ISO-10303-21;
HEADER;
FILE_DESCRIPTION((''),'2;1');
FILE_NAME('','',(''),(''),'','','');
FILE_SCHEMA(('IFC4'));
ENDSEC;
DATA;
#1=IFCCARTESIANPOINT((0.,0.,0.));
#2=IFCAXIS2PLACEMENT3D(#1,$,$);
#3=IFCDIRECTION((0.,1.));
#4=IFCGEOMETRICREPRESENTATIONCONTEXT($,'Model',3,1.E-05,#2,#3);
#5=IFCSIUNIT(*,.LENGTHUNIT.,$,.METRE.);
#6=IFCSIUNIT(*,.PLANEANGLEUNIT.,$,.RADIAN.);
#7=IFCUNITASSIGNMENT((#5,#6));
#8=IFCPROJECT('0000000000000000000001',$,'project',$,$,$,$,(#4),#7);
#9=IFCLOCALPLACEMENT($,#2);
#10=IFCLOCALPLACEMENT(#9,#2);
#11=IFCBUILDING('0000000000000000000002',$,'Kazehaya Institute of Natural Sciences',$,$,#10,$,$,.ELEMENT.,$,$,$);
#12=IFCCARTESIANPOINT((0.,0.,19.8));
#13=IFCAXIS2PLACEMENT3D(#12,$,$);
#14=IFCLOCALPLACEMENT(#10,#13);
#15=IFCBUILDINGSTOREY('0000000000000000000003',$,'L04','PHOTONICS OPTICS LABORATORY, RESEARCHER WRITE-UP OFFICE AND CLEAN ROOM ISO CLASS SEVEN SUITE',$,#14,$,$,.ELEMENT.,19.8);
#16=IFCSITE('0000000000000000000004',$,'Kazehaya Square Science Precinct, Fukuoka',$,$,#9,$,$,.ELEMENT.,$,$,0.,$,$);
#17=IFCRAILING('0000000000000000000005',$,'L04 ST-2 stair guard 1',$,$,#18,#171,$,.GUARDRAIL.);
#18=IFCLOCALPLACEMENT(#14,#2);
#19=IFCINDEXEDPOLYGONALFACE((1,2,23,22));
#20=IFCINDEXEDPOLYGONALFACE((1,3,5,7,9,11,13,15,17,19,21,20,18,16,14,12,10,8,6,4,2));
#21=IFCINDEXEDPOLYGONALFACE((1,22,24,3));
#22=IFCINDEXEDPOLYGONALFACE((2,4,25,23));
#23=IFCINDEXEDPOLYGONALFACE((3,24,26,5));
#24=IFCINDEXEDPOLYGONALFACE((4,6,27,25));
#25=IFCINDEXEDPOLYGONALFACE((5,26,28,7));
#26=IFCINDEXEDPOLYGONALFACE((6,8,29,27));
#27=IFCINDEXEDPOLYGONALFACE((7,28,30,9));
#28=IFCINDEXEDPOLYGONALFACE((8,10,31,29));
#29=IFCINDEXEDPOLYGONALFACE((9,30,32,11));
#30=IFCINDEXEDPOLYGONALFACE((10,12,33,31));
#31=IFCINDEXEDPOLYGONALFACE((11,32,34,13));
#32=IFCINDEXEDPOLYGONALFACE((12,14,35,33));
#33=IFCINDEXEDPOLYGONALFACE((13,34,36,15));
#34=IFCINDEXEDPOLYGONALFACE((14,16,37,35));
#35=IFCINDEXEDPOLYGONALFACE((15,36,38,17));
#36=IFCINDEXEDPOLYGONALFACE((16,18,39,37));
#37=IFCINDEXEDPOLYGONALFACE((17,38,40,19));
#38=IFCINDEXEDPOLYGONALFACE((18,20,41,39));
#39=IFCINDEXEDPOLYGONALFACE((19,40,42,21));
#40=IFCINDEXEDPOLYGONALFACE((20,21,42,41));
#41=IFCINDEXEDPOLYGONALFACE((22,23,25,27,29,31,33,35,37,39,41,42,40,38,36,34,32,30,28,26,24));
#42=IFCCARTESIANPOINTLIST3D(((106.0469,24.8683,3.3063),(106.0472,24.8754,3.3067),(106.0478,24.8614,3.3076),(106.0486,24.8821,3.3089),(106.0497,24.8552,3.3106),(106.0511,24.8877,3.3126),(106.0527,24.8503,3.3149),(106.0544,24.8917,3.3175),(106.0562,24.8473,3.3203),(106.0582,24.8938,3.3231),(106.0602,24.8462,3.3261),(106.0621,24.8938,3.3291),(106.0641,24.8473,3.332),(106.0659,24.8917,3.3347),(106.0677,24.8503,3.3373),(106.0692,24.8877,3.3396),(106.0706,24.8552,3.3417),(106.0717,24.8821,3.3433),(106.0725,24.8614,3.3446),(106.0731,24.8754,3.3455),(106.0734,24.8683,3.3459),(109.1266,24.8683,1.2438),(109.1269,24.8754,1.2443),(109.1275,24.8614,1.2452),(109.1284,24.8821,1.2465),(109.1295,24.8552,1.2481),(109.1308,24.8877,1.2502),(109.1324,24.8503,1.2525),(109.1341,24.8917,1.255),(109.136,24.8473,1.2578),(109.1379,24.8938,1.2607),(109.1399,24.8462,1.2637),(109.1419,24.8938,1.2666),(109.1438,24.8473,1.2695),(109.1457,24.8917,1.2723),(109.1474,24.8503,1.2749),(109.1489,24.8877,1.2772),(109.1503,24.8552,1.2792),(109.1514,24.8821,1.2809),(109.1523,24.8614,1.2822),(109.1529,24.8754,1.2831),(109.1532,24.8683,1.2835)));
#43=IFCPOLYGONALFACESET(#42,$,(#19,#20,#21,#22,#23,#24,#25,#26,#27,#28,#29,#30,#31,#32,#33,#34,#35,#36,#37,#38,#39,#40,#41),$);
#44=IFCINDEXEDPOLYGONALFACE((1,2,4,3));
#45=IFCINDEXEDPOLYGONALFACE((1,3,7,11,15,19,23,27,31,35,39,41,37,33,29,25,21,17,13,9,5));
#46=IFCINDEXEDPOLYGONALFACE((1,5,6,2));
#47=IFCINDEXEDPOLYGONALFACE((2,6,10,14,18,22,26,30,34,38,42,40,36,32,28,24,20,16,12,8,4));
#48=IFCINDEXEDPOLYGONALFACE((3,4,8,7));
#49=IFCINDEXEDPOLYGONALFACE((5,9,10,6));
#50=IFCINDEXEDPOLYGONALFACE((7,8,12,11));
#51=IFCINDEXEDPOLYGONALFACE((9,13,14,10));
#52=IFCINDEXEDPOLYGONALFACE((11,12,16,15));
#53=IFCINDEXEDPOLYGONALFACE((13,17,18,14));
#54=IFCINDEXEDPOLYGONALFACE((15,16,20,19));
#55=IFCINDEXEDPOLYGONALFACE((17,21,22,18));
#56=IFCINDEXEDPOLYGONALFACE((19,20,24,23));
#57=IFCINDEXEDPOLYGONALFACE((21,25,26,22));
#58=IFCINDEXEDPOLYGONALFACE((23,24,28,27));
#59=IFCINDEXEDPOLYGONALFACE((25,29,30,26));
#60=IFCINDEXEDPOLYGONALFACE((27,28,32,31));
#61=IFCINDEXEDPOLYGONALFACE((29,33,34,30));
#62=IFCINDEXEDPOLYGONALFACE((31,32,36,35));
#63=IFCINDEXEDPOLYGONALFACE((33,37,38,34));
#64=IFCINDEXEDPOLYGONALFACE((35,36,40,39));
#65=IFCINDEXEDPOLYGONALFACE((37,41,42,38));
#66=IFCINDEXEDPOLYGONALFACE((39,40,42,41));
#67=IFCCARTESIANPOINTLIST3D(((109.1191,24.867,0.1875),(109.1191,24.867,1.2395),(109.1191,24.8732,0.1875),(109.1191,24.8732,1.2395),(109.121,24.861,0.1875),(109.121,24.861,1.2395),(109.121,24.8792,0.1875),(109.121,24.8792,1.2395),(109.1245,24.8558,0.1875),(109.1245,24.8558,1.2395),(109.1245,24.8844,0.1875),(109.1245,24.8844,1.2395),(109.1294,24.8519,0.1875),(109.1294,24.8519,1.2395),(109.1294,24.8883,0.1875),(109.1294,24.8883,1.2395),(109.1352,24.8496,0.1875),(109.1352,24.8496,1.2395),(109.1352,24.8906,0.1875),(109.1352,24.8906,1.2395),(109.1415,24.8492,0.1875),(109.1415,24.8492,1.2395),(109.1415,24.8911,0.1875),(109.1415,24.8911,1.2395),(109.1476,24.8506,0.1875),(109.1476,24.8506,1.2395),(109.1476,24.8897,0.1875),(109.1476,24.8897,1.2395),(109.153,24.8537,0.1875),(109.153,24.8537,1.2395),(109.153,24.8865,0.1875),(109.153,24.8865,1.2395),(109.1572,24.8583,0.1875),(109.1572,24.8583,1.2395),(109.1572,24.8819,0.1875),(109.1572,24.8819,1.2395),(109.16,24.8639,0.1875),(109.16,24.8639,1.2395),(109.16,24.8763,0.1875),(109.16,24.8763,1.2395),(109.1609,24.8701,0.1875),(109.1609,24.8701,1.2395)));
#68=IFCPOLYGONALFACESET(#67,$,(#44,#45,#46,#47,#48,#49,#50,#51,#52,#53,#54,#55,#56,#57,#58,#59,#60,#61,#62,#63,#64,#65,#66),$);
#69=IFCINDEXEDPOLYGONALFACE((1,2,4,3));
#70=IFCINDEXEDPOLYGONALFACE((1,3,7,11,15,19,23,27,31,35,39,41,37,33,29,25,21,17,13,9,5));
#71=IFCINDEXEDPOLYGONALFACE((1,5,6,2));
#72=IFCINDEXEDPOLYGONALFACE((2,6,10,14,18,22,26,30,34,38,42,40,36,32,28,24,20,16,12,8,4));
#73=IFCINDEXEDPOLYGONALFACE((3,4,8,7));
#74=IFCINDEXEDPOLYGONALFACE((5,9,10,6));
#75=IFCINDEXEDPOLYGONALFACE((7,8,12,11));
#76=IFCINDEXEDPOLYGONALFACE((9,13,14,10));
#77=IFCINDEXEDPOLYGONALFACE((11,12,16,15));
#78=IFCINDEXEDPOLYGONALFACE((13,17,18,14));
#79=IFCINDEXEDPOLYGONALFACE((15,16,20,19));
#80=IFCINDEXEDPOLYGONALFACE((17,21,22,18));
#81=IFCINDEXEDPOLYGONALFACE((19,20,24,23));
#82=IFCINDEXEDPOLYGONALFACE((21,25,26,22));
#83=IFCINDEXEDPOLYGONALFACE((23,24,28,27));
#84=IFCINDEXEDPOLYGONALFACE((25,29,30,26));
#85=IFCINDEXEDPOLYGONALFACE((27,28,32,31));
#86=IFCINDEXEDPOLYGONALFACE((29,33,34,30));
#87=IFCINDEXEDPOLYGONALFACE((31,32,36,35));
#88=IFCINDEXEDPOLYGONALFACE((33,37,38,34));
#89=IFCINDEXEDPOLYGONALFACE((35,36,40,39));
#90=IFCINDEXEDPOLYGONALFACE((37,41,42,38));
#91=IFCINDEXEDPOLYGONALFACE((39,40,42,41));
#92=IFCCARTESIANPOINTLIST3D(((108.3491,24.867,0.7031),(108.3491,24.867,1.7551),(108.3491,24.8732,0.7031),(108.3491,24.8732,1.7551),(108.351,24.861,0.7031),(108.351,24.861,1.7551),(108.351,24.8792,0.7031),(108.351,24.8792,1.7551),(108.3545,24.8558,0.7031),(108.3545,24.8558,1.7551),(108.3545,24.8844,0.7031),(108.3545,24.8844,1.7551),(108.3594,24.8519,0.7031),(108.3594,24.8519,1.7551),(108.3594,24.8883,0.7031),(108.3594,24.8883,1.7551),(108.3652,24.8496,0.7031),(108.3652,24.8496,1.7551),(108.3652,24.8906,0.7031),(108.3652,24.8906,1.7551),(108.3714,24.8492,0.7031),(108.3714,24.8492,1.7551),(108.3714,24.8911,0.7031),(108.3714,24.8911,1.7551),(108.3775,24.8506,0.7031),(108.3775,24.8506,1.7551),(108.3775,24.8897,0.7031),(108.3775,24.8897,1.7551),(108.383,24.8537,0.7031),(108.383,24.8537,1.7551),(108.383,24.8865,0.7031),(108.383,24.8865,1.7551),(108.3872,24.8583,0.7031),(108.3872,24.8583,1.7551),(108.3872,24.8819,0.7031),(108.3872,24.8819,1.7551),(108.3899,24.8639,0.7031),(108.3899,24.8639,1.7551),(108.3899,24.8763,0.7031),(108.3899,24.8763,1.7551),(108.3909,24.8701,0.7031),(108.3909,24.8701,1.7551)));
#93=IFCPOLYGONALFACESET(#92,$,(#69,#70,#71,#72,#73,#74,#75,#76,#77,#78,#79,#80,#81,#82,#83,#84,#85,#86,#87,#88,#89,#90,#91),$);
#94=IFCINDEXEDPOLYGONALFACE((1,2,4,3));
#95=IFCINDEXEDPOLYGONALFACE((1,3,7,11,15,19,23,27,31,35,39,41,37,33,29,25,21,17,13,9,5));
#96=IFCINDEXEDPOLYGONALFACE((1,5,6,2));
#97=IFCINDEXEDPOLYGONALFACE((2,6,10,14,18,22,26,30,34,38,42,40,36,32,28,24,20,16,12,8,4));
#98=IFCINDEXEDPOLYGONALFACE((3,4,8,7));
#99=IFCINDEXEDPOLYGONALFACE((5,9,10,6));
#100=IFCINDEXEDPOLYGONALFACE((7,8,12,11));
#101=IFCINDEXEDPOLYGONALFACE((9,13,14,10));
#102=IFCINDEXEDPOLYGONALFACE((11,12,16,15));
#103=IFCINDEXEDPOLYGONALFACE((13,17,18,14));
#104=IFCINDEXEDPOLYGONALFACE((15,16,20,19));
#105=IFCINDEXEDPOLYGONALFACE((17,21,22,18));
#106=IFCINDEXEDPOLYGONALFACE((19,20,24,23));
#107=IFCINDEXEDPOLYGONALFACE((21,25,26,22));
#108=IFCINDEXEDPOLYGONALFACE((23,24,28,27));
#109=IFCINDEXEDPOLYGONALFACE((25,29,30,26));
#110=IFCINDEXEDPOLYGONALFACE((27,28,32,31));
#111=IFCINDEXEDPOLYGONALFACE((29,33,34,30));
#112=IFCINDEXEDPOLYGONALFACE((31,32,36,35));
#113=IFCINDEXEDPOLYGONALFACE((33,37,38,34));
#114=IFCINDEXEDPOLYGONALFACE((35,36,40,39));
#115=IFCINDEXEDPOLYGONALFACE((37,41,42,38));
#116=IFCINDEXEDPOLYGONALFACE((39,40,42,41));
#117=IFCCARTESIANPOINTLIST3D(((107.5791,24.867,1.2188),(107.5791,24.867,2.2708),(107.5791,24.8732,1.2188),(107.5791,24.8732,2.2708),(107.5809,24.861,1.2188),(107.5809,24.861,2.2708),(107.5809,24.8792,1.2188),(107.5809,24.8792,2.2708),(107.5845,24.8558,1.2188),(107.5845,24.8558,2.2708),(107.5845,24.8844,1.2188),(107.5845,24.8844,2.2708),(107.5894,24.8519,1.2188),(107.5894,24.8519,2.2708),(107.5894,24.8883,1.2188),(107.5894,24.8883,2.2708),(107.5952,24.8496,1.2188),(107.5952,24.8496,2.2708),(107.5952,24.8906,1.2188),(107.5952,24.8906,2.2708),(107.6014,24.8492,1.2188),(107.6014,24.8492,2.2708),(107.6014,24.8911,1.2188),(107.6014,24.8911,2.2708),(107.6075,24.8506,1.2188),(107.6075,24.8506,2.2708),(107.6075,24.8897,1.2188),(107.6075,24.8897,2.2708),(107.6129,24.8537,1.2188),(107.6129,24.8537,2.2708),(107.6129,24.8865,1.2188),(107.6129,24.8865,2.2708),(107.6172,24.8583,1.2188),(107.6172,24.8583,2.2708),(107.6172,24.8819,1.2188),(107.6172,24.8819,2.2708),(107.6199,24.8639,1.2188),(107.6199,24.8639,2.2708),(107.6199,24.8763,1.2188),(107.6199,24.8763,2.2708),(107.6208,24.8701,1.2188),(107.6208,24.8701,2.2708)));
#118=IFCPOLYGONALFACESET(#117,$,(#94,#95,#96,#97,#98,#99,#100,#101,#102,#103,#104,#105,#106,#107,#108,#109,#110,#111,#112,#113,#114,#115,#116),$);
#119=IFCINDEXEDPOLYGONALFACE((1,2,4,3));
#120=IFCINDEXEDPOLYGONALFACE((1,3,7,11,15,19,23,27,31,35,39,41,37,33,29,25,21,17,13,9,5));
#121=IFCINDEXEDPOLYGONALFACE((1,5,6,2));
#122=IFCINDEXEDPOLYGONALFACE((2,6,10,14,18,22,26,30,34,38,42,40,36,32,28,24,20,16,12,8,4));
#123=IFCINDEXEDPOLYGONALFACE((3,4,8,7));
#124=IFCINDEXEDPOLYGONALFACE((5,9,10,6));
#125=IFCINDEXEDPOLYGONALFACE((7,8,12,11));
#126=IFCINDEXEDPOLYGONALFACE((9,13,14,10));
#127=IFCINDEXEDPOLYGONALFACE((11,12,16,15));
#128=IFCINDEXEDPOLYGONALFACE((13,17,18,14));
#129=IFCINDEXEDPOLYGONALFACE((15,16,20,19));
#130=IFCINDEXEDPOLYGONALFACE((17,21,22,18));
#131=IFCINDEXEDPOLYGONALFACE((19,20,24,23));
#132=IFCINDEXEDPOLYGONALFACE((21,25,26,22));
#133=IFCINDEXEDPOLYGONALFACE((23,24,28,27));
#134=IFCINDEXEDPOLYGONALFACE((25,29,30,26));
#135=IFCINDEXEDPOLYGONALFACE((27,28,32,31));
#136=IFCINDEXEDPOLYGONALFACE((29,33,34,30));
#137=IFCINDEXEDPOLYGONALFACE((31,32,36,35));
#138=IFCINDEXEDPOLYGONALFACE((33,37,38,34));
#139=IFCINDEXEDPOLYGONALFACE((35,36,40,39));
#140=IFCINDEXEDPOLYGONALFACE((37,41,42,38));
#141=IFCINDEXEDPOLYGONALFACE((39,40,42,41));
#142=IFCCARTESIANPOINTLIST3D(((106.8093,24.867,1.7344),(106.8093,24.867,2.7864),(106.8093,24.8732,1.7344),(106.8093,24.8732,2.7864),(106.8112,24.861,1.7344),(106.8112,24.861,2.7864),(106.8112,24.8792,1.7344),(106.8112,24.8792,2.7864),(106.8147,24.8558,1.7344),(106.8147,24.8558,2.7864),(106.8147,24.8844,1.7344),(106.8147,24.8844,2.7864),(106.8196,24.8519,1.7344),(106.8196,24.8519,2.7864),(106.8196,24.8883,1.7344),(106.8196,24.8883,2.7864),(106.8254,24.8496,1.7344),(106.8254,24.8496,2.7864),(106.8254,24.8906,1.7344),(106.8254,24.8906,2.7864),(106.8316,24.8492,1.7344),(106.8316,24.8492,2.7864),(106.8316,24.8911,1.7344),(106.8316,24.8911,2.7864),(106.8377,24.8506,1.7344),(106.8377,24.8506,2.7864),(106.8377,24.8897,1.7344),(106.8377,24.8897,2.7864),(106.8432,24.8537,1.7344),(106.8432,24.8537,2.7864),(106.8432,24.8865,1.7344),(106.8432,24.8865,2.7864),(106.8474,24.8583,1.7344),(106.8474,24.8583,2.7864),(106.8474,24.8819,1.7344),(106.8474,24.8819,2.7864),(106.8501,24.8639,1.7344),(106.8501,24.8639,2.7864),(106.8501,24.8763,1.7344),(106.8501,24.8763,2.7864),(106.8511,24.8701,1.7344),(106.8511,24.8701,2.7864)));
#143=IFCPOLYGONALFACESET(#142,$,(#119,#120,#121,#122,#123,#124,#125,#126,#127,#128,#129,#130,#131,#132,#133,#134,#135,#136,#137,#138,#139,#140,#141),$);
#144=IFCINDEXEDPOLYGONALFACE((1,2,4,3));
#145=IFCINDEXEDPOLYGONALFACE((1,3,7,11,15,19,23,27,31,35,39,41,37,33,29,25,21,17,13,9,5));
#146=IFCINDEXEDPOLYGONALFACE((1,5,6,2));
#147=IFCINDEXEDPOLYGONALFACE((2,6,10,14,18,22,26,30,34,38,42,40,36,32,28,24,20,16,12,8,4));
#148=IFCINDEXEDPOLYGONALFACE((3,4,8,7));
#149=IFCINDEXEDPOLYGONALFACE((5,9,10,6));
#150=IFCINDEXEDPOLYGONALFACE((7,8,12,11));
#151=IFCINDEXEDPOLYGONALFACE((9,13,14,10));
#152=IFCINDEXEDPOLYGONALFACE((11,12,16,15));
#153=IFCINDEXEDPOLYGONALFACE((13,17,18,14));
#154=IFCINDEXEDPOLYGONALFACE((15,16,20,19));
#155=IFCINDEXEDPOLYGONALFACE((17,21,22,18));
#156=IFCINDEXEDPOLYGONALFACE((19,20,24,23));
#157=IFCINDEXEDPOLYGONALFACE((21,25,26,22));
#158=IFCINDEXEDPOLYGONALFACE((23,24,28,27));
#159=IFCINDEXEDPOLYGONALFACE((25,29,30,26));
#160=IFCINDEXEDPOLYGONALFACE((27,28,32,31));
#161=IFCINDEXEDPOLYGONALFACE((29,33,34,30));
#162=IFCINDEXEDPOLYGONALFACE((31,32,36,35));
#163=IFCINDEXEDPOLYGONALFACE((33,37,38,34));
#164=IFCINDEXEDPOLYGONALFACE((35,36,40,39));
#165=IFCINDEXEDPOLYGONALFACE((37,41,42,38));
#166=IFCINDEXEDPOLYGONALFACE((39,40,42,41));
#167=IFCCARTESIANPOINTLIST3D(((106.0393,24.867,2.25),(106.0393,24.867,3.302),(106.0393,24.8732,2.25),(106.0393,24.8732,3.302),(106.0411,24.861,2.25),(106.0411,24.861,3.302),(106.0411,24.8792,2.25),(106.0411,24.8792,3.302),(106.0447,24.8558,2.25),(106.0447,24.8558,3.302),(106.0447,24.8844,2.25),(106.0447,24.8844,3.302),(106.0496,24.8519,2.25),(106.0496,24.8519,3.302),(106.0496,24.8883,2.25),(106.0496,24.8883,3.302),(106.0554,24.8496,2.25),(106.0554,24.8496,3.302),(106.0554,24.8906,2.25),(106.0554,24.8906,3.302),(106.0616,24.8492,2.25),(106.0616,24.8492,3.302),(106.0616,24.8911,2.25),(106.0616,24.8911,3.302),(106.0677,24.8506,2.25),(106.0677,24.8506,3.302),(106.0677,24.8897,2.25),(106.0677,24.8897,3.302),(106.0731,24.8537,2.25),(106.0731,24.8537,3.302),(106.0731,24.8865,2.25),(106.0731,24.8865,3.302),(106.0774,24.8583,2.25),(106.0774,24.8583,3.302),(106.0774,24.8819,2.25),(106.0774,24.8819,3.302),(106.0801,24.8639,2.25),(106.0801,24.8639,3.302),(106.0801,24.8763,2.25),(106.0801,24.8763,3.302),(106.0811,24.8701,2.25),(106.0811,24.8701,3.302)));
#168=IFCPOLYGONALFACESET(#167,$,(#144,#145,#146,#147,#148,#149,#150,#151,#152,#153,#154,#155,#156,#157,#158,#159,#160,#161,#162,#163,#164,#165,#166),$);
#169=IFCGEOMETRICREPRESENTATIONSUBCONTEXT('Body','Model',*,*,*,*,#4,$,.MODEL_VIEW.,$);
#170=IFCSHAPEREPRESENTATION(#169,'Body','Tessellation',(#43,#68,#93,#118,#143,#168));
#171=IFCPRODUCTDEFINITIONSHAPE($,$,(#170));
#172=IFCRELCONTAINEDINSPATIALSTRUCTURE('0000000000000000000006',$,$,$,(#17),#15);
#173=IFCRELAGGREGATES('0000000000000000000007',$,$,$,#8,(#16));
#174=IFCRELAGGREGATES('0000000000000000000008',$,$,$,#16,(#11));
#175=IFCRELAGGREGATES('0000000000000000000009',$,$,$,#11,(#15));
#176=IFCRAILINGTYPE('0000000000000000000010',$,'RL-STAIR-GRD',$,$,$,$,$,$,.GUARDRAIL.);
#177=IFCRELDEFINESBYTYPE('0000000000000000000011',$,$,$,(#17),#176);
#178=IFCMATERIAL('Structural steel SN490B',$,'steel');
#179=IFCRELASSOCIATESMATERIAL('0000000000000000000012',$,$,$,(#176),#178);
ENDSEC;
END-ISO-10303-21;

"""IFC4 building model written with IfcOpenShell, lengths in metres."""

from ifc_helpers import new_model, si_unit, direction, frame, origin, origin_2d, place, context, subcontext, project, spatial, circle, extrude, material, type_object, element, save


model = new_model("IFC4")

# Units and contexts
model_context = context("Model", 3, precision=1e-05, world=origin(), true_north=direction((0.0, 1.0)))
body_context = subcontext(model_context, "Body", "Model", "MODEL_VIEW")
ifc_project = project(units=[si_unit("LENGTHUNIT", "METRE"), si_unit("PLANEANGLEUNIT", "RADIAN")], contexts=[model_context])

# Site, building, storey
site_placement = place(None, origin())
site = spatial("IfcSite", under=ifc_project, at=site_placement, Name="Kazehaya Square Science Precinct, Fukuoka", CompositionType="ELEMENT", RefElevation=0.0)
building_placement = place(site_placement, origin())
building = spatial("IfcBuilding", under=site, at=building_placement, Name="Kazehaya Institute of Natural Sciences", CompositionType="ELEMENT")
storey_placement = place(building_placement, frame((0.0, 0.0, 19.8)))
storey = spatial("IfcBuildingStorey", under=building, at=storey_placement, Name="L04", Description="PHOTONICS OPTICS LABORATORY, RESEARCHER WRITE-UP OFFICE AND CLEAN ROOM ISO CLASS SEVEN SUITE", CompositionType="ELEMENT", Elevation=19.8)

# Railing
ifc_material_1 = material(Name="Structural steel SN490B", Category="steel")
railing_type_1 = type_object("IfcRailingType", Name="RL-STAIR-GRD", PredefinedType="GUARDRAIL", material=ifc_material_1)
railing_1_placement = place(storey_placement, frame((109.1399, 24.8701, 0.1875)))
element("IfcRailing", 1, at=railing_1_placement, inside=storey, type_object=railing_type_1, Name="L04 ST-2 stair guard 1", PredefinedType="GUARDRAIL", context=body_context, shape_type="SweptSolid", body=[
    extrude(circle(Radius=0.0239, at=origin_2d()), frame((0.0, 0.0, 1.0762), z_axis=(-0.830893, 0.0, 0.556432), x_axis=(0.0, -1.0, 0.0)), (0.0, 0.0, 1.0), 3.7065),
    extrude(circle(Radius=0.021, at=origin_2d()), origin(), (0.0, 0.0, 1.0), 1.052),
    extrude(circle(Radius=0.021, at=origin_2d()), frame((-0.77, 0.0, 0.5156)), (0.0, 0.0, 1.0), 1.052),
    extrude(circle(Radius=0.021, at=origin_2d()), frame((-1.54, 0.0, 1.0312)), (0.0, 0.0, 1.0), 1.052),
    extrude(circle(Radius=0.021, at=origin_2d()), frame((-2.3098, 0.0, 1.5469)), (0.0, 0.0, 1.0), 1.052),
    extrude(circle(Radius=0.021, at=origin_2d()), frame((-3.0798, 0.0, 2.0625)), (0.0, 0.0, 1.0), 1.052),
])

save(model, "model.ifc")
